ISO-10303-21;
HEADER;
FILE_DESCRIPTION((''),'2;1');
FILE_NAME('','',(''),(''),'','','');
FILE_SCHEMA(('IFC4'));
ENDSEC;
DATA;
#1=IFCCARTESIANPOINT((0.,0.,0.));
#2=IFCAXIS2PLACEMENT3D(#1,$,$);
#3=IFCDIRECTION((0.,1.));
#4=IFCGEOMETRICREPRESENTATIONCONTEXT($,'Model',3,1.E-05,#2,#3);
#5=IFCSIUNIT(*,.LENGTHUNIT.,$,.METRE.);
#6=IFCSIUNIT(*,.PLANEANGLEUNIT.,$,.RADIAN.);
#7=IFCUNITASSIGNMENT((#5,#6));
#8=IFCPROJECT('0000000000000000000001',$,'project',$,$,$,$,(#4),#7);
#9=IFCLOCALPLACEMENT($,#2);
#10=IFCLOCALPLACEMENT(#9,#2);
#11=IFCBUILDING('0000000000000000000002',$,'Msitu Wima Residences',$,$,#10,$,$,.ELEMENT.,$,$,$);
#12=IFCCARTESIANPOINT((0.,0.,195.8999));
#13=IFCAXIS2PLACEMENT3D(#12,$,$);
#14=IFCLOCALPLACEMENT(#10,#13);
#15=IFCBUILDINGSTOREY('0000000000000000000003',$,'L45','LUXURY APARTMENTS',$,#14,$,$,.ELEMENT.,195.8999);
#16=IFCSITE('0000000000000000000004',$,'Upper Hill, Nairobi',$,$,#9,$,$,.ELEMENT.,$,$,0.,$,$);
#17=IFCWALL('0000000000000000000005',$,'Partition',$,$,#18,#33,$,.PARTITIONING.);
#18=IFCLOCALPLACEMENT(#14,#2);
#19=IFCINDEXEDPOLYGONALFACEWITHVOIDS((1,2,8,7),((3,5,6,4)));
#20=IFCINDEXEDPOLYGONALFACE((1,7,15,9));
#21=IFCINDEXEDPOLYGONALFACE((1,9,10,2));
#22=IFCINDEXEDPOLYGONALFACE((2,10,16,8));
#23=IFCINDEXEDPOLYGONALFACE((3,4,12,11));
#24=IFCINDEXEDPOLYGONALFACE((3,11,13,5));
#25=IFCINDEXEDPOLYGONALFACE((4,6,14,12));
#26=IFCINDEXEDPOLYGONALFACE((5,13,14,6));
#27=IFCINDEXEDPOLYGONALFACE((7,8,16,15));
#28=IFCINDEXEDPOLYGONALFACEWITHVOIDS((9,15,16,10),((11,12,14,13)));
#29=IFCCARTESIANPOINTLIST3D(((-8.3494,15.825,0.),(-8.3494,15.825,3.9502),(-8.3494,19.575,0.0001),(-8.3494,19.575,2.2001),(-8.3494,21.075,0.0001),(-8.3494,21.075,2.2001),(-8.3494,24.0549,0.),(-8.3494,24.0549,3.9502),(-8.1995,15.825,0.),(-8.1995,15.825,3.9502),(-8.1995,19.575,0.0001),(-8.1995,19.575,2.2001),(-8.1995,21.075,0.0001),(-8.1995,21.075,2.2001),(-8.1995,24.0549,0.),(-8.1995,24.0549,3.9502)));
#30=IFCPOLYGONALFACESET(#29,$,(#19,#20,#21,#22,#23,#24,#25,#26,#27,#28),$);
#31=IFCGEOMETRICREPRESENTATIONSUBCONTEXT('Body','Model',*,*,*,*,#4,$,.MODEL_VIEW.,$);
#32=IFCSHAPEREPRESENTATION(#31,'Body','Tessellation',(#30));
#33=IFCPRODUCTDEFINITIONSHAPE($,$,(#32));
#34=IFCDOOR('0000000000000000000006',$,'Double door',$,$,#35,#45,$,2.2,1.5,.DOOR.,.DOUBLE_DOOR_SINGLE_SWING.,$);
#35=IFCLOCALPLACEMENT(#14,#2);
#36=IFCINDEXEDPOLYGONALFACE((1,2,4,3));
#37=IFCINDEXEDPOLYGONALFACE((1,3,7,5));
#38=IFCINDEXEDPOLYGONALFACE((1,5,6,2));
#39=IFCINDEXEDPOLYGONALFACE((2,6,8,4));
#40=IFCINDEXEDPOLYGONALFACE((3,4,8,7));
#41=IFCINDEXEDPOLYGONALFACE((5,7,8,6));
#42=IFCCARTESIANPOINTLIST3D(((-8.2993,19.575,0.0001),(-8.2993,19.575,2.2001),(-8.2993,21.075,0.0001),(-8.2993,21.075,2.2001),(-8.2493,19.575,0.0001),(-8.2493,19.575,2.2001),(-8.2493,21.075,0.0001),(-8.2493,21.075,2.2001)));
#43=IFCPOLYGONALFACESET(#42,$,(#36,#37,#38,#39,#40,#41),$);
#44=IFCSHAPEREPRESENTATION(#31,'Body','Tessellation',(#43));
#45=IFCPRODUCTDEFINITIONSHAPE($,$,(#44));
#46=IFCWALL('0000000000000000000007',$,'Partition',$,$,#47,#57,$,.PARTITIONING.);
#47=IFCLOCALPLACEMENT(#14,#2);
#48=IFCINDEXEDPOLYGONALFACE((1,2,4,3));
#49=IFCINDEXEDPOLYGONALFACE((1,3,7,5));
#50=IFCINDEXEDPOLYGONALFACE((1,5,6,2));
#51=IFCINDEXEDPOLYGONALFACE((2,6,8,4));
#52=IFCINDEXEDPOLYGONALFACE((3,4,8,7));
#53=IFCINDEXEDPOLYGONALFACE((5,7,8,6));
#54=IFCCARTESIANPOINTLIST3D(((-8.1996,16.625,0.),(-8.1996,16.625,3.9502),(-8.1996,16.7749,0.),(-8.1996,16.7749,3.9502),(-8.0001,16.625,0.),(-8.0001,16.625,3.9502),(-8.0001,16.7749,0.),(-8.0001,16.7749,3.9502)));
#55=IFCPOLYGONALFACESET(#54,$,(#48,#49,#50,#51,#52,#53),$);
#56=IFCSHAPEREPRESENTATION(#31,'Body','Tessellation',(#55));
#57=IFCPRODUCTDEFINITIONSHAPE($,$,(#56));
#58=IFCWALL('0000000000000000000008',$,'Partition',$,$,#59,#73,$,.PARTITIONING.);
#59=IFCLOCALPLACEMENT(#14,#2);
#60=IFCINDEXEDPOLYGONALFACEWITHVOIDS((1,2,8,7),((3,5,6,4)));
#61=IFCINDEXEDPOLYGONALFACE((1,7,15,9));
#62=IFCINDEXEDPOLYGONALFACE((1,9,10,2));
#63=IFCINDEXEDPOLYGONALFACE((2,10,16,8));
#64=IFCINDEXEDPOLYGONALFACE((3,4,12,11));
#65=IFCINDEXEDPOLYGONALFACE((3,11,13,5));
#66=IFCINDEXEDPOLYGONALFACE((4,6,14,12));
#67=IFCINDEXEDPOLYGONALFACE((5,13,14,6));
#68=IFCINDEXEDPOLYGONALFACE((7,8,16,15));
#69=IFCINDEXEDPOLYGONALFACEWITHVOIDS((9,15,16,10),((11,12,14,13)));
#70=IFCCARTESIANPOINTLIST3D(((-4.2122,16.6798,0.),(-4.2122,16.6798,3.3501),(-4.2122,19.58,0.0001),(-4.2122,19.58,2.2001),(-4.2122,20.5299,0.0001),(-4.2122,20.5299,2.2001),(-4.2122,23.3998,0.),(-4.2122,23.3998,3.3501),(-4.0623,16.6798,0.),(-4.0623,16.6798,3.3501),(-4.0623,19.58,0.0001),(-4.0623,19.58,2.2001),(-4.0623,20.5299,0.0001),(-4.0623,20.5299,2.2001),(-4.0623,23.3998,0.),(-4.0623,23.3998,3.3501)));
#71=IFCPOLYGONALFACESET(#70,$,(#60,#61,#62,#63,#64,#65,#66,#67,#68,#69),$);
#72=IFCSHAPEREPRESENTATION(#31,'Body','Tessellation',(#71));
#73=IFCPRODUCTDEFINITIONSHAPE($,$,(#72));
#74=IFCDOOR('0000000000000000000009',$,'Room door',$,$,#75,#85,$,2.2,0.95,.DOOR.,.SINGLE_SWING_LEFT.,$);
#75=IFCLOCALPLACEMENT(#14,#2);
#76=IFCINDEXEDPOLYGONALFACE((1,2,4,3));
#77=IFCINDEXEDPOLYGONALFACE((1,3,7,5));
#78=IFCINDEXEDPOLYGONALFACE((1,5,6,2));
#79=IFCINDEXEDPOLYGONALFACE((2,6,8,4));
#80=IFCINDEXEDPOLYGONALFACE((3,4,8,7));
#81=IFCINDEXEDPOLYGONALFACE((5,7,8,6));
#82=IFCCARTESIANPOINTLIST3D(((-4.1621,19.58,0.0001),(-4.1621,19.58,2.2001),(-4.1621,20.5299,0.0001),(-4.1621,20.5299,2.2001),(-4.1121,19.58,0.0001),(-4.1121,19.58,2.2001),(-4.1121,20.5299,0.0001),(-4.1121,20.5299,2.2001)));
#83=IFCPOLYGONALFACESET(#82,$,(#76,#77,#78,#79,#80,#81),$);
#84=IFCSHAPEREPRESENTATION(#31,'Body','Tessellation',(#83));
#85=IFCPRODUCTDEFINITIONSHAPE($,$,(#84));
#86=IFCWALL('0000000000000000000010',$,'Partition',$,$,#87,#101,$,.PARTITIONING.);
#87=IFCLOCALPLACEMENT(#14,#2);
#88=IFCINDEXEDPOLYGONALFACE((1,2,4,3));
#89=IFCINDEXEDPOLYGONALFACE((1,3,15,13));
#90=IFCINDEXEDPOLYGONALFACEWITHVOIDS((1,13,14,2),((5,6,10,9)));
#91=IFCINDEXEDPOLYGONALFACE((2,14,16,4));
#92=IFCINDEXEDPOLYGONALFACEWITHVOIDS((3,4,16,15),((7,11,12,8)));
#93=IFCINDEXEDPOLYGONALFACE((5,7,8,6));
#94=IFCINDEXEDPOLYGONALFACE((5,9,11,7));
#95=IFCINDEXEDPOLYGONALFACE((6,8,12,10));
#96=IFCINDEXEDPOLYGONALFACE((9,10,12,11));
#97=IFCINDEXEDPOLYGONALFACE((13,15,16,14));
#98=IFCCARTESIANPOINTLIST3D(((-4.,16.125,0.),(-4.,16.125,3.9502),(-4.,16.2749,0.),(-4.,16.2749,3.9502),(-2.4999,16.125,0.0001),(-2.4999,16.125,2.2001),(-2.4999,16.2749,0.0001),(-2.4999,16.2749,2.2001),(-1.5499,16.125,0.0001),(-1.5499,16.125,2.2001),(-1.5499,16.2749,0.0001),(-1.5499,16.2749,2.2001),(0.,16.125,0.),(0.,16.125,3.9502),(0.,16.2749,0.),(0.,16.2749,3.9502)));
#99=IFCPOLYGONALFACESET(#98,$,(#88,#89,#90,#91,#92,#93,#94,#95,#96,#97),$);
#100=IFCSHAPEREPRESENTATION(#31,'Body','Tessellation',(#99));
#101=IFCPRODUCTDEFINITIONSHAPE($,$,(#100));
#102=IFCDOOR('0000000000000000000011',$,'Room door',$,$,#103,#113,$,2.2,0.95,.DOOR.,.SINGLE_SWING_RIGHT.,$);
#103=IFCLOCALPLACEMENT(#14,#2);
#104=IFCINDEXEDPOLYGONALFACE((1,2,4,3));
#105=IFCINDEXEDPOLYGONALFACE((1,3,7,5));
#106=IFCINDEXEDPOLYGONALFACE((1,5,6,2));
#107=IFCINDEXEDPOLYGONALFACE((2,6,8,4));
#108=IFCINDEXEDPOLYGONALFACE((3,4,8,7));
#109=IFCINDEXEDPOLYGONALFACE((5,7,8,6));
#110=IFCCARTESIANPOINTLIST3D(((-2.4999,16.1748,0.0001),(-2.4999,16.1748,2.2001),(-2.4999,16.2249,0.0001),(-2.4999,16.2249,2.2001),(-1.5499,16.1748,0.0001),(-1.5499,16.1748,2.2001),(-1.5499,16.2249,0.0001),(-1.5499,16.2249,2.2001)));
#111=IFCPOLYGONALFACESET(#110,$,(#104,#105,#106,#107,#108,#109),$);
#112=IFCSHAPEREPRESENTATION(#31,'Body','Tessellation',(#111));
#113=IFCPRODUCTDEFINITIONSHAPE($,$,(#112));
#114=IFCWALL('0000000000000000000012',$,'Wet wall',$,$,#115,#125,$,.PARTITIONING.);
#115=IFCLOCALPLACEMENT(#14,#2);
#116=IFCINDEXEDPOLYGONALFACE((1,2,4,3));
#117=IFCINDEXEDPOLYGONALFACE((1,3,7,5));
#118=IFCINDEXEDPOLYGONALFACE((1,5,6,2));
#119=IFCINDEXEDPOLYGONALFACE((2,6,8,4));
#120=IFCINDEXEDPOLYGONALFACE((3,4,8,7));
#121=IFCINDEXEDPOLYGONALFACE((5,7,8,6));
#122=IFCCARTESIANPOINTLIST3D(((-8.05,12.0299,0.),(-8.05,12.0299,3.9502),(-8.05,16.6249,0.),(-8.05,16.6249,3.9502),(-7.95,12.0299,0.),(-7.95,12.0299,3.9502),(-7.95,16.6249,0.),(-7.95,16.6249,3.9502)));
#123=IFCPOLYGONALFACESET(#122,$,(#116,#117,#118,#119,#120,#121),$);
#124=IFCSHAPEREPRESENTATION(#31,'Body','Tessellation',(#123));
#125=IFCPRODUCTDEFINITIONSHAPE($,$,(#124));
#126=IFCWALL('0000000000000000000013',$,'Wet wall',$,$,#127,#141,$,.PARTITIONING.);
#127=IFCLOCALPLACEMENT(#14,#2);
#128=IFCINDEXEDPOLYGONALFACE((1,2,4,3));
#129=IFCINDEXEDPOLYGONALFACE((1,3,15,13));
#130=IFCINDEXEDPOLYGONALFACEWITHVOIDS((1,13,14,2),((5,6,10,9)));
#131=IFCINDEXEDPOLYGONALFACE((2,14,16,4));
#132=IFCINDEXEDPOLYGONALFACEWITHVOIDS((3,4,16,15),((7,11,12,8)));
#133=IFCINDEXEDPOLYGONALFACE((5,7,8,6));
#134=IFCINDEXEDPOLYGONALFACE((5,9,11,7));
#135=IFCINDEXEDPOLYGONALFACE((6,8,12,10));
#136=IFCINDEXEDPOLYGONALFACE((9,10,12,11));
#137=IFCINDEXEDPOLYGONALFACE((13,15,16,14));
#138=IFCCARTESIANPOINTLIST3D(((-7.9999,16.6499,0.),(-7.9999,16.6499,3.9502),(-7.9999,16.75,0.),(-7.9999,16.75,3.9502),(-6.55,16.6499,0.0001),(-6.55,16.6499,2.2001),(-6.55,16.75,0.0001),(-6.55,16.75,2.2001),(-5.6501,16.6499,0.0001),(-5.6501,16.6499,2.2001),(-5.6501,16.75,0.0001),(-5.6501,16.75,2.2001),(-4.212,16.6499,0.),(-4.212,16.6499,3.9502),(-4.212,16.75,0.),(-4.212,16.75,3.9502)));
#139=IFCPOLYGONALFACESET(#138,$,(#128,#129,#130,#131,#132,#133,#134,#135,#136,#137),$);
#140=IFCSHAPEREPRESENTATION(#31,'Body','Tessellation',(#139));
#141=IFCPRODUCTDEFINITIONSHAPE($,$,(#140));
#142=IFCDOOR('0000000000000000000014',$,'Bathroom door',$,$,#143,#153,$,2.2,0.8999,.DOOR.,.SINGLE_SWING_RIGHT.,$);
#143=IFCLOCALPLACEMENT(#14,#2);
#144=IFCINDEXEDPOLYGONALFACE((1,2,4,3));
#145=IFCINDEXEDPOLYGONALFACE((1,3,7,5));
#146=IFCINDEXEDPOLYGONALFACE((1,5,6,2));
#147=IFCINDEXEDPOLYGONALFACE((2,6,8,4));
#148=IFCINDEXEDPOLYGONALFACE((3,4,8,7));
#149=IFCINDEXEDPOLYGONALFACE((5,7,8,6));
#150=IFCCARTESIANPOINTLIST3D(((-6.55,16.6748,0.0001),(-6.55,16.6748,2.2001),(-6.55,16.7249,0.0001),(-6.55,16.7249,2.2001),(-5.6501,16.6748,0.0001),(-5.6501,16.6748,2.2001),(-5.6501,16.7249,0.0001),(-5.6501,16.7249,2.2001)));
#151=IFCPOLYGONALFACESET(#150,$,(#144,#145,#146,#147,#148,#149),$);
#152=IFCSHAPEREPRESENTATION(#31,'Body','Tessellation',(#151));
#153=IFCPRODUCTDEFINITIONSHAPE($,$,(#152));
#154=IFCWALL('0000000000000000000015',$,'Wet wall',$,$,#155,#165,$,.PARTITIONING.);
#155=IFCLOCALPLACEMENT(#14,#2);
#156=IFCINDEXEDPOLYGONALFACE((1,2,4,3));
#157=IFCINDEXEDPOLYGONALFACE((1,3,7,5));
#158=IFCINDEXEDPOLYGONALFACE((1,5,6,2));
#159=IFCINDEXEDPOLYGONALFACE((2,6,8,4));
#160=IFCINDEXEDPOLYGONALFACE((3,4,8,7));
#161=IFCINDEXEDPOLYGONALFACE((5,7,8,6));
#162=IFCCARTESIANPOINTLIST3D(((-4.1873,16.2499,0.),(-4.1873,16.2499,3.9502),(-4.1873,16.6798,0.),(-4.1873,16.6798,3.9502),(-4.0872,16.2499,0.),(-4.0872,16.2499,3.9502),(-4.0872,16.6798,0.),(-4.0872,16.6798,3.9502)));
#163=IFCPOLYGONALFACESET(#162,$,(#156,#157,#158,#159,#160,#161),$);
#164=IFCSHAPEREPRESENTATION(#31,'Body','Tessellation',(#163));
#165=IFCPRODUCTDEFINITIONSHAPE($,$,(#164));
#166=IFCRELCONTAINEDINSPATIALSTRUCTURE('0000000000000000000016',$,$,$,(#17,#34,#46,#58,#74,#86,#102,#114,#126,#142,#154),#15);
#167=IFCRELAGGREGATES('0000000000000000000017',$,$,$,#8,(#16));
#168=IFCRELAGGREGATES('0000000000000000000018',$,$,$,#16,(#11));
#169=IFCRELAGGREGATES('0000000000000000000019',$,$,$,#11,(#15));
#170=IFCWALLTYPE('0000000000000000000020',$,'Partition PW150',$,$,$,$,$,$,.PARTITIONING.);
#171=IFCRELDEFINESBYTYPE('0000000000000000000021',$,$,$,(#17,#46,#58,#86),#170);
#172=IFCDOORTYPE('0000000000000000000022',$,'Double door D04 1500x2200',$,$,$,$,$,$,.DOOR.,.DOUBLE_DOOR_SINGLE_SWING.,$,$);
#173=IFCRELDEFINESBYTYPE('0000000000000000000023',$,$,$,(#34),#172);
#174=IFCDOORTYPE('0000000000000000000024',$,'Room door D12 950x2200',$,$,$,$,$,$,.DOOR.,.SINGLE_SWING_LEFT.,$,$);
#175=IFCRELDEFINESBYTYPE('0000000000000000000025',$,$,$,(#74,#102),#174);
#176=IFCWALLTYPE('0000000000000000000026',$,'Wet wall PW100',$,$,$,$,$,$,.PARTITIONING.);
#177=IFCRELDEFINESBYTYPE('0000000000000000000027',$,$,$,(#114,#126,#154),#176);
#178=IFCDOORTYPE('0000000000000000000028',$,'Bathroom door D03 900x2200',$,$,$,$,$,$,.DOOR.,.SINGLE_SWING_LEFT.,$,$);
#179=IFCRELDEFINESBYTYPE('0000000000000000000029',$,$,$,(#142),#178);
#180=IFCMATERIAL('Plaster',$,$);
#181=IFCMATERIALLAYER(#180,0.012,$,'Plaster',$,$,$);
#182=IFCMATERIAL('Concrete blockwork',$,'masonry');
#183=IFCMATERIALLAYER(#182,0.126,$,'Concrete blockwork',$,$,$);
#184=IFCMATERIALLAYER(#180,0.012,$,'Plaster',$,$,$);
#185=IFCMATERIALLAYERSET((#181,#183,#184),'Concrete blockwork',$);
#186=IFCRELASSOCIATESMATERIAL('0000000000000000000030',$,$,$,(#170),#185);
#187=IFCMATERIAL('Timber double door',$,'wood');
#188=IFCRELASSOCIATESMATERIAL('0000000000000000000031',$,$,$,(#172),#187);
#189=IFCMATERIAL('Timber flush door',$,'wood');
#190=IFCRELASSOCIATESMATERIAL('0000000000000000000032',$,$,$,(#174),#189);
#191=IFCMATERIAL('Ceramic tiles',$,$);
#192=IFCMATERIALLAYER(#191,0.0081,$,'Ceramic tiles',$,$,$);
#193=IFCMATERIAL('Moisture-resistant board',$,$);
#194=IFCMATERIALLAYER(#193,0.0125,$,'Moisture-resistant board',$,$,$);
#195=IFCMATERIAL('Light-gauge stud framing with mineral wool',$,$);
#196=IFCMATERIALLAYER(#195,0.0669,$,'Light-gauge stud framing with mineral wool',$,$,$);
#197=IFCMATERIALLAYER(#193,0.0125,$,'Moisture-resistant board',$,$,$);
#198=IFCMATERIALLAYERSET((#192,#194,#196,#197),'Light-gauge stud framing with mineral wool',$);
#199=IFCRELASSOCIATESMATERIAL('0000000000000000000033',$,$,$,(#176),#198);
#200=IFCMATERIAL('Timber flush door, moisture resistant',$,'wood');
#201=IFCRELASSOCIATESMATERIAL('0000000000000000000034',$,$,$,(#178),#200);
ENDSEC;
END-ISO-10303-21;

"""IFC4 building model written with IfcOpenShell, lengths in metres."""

from ifc_helpers import new_model, si_unit, direction, frame, frame_2d, origin, place, context, subcontext, project, spatial, rectangle, extrude, material, layer, layer_set, type_object, element, fill, save


model = new_model("IFC4")

# Units and contexts
model_context = context("Model", 3, precision=1e-05, world=origin(), true_north=direction((0.0, 1.0)))
body_context = subcontext(model_context, "Body", "Model", "MODEL_VIEW")
ifc_project = project(units=[si_unit("LENGTHUNIT", "METRE"), si_unit("PLANEANGLEUNIT", "RADIAN")], contexts=[model_context])

# Site, building, storey
site_placement = place(None, origin())
site = spatial("IfcSite", under=ifc_project, at=site_placement, Name="Upper Hill, Nairobi", CompositionType="ELEMENT", RefElevation=0.0)
building_placement = place(site_placement, origin())
building = spatial("IfcBuilding", under=site, at=building_placement, Name="Msitu Wima Residences", CompositionType="ELEMENT")
storey_placement = place(building_placement, frame((0.0, 0.0, 195.8999)))
storey = spatial("IfcBuildingStorey", under=building, at=storey_placement, Name="L45", Description="LUXURY APARTMENTS", CompositionType="ELEMENT", Elevation=195.8999)

# Wall, opening, door
ifc_material_1 = material(Name="Plaster")
ifc_layer_1 = layer(ifc_material_1, 0.012, Name="Plaster")
ifc_material_2 = material(Name="Concrete blockwork", Category="masonry")
ifc_layer_2 = layer(ifc_material_2, 0.126, Name="Concrete blockwork")
ifc_layer_3 = layer(ifc_material_1, 0.012, Name="Plaster")
ifc_layer_set_1 = layer_set([ifc_layer_1, ifc_layer_2, ifc_layer_3], Name="Concrete blockwork")
wall_type_1 = type_object("IfcWallType", Name="Partition PW150", PredefinedType="PARTITIONING", material=ifc_layer_set_1)
wall_1_placement = place(storey_placement, frame((-8.2744, 15.825, 0.0), z_axis=(0.0, 0.0, 1.0), x_axis=(0.0, 1.0, 0.0)))
wall_1 = element("IfcWall", 1, at=wall_1_placement, inside=storey, type_object=wall_type_1, Name="Partition", PredefinedType="PARTITIONING", context=body_context, shape_type="SweptSolid", body=[
    extrude(rectangle(XDim=8.23, YDim=0.1499, at=frame_2d((4.115, 0.0))), origin(), (0.0, 0.0, 1.0), 3.9502),
])
opening_1_placement = place(wall_1_placement, frame((3.75, 0.0, 0.0)))
opening_1 = element("IfcOpeningElement", 2, at=opening_1_placement, cuts=wall_1, PredefinedType="OPENING", context=body_context, shape_type="SweptSolid", body=[
    extrude(rectangle(XDim=1.5, YDim=2.2, at=frame_2d((0.75, 1.1001))), frame((0.0, 0.085, 0.0), z_axis=(0.0, -1.0, 0.0), x_axis=(1.0, 0.0, 0.0)), (0.0, 0.0, 1.0), 0.1699),
])
ifc_material_3 = material(Name="Timber double door", Category="wood")
door_type_1 = type_object("IfcDoorType", Name="Double door D04 1500x2200", OperationType="DOUBLE_DOOR_SINGLE_SWING", PredefinedType="DOOR", material=ifc_material_3)
door_1_placement = place(opening_1_placement, origin())
door_1 = element("IfcDoor", 3, at=door_1_placement, inside=storey, type_object=door_type_1, Name="Double door", OperationType="DOUBLE_DOOR_SINGLE_SWING", OverallHeight=2.2, OverallWidth=1.5, PredefinedType="DOOR", context=body_context, shape_type="SweptSolid", body=[
    extrude(rectangle(XDim=1.5, YDim=2.2, at=frame_2d((0.75, 1.1001))), frame((0.0, 0.0249, 0.0), z_axis=(0.0, -1.0, 0.0), x_axis=(1.0, 0.0, 0.0)), (0.0, 0.0, 1.0), 0.05),
])
fill(opening_1, door_1)

# Wall
wall_2_placement = place(storey_placement, frame((-8.1995, 16.7, 0.0), z_axis=(0.0, 0.0, 1.0), x_axis=(1.0, 0.0, 0.0)))
element("IfcWall", 4, at=wall_2_placement, inside=storey, type_object=wall_type_1, Name="Partition", PredefinedType="PARTITIONING", context=body_context, shape_type="SweptSolid", body=[
    extrude(rectangle(XDim=0.1995, YDim=0.1499, at=frame_2d((0.0996, 0.0))), origin(), (0.0, 0.0, 1.0), 3.9502),
])

# Walls, openings, doors
wall_3_placement = place(storey_placement, frame((-4.1372, 16.6799, 0.0), z_axis=(0.0, 0.0, 1.0), x_axis=(0.0, 1.0, 0.0)))
wall_3 = element("IfcWall", 5, at=wall_3_placement, inside=storey, type_object=wall_type_1, Name="Partition", PredefinedType="PARTITIONING", context=body_context, shape_type="SweptSolid", body=[
    extrude(rectangle(XDim=6.72, YDim=0.1499, at=frame_2d((3.3599, 0.0))), origin(), (0.0, 0.0, 1.0), 3.3501),
])
opening_2_placement = place(wall_3_placement, frame((2.8999, 0.0, 0.0)))
opening_2 = element("IfcOpeningElement", 6, at=opening_2_placement, cuts=wall_3, PredefinedType="OPENING", context=body_context, shape_type="SweptSolid", body=[
    extrude(rectangle(XDim=0.95, YDim=2.2, at=frame_2d((0.4751, 1.1001))), frame((0.0, 0.085, 0.0), z_axis=(0.0, -1.0, 0.0), x_axis=(1.0, 0.0, 0.0)), (0.0, 0.0, 1.0), 0.1699),
])
ifc_material_4 = material(Name="Timber flush door", Category="wood")
door_type_2 = type_object("IfcDoorType", Name="Room door D12 950x2200", OperationType="SINGLE_SWING_LEFT", PredefinedType="DOOR", material=ifc_material_4)
door_2_placement = place(opening_2_placement, origin())
door_2 = element("IfcDoor", 7, at=door_2_placement, inside=storey, type_object=door_type_2, Name="Room door", OperationType="SINGLE_SWING_LEFT", OverallHeight=2.2, OverallWidth=0.95, PredefinedType="DOOR", context=body_context, shape_type="SweptSolid", body=[
    extrude(rectangle(XDim=0.95, YDim=2.2, at=frame_2d((0.4751, 1.1001))), frame((0.0, 0.0249, 0.0), z_axis=(0.0, -1.0, 0.0), x_axis=(1.0, 0.0, 0.0)), (0.0, 0.0, 1.0), 0.05),
])
fill(opening_2, door_2)
wall_4_placement = place(storey_placement, frame((-4.0, 16.2, 0.0), z_axis=(0.0, 0.0, 1.0), x_axis=(1.0, 0.0, 0.0)))
wall_4 = element("IfcWall", 8, at=wall_4_placement, inside=storey, type_object=wall_type_1, Name="Partition", PredefinedType="PARTITIONING", context=body_context, shape_type="SweptSolid", body=[
    extrude(rectangle(XDim=4.0, YDim=0.1499, at=frame_2d((2.0, 0.0))), origin(), (0.0, 0.0, 1.0), 3.9502),
])
opening_3_placement = place(wall_4_placement, frame((1.5, 0.0, 0.0)))
opening_3 = element("IfcOpeningElement", 9, at=opening_3_placement, cuts=wall_4, PredefinedType="OPENING", context=body_context, shape_type="SweptSolid", body=[
    extrude(rectangle(XDim=0.95, YDim=2.2, at=frame_2d((0.4751, 1.1001))), frame((0.0, 0.085, 0.0), z_axis=(0.0, -1.0, 0.0), x_axis=(1.0, 0.0, 0.0)), (0.0, 0.0, 1.0), 0.1699),
])
door_3_placement = place(opening_3_placement, origin())
door_3 = element("IfcDoor", 10, at=door_3_placement, inside=storey, type_object=door_type_2, Name="Room door", OperationType="SINGLE_SWING_RIGHT", OverallHeight=2.2, OverallWidth=0.95, PredefinedType="DOOR", context=body_context, shape_type="SweptSolid", body=[
    extrude(rectangle(XDim=0.95, YDim=2.2, at=frame_2d((0.4751, 1.1001))), frame((0.0, 0.0249, 0.0), z_axis=(0.0, -1.0, 0.0), x_axis=(1.0, 0.0, 0.0)), (0.0, 0.0, 1.0), 0.05),
])
fill(opening_3, door_3)

# Wall
ifc_material_5 = material(Name="Ceramic tiles")
ifc_layer_4 = layer(ifc_material_5, 0.0081, Name="Ceramic tiles")
ifc_material_6 = material(Name="Moisture-resistant board")
ifc_layer_5 = layer(ifc_material_6, 0.0125, Name="Moisture-resistant board")
ifc_material_7 = material(Name="Light-gauge stud framing with mineral wool")
ifc_layer_6 = layer(ifc_material_7, 0.0669, Name="Light-gauge stud framing with mineral wool")
ifc_layer_7 = layer(ifc_material_6, 0.0125, Name="Moisture-resistant board")
ifc_layer_set_2 = layer_set([ifc_layer_4, ifc_layer_5, ifc_layer_6, ifc_layer_7], Name="Light-gauge stud framing with mineral wool")
wall_type_2 = type_object("IfcWallType", Name="Wet wall PW100", PredefinedType="PARTITIONING", material=ifc_layer_set_2)
wall_5_placement = place(storey_placement, frame((-8.0, 12.03, 0.0), z_axis=(0.0, 0.0, 1.0), x_axis=(0.0, 1.0, 0.0)))
element("IfcWall", 11, at=wall_5_placement, inside=storey, type_object=wall_type_2, Name="Wet wall", PredefinedType="PARTITIONING", context=body_context, shape_type="SweptSolid", body=[
    extrude(rectangle(XDim=4.595, YDim=0.1001, at=frame_2d((2.2974, 0.0))), origin(), (0.0, 0.0, 1.0), 3.9502),
])

# Wall, opening, door
wall_6_placement = place(storey_placement, frame((-8.0, 16.7, 0.0), z_axis=(0.0, 0.0, 1.0), x_axis=(1.0, 0.0, 0.0)))
wall_6 = element("IfcWall", 12, at=wall_6_placement, inside=storey, type_object=wall_type_2, Name="Wet wall", PredefinedType="PARTITIONING", context=body_context, shape_type="SweptSolid", body=[
    extrude(rectangle(XDim=3.7878, YDim=0.1001, at=frame_2d((1.894, 0.0))), origin(), (0.0, 0.0, 1.0), 3.9502),
])
opening_4_placement = place(wall_6_placement, frame((1.45, 0.0, 0.0)))
opening_4 = element("IfcOpeningElement", 13, at=opening_4_placement, cuts=wall_6, PredefinedType="OPENING", context=body_context, shape_type="SweptSolid", body=[
    extrude(rectangle(XDim=0.8999, YDim=2.2, at=frame_2d((0.45, 1.1001))), frame((0.0, 0.0601, 0.0), z_axis=(0.0, -1.0, 0.0), x_axis=(1.0, 0.0, 0.0)), (0.0, 0.0, 1.0), 0.1201),
])
ifc_material_8 = material(Name="Timber flush door, moisture resistant", Category="wood")
door_type_3 = type_object("IfcDoorType", Name="Bathroom door D03 900x2200", OperationType="SINGLE_SWING_LEFT", PredefinedType="DOOR", material=ifc_material_8)
door_4_placement = place(opening_4_placement, origin())
door_4 = element("IfcDoor", 14, at=door_4_placement, inside=storey, type_object=door_type_3, Name="Bathroom door", OperationType="SINGLE_SWING_RIGHT", OverallHeight=2.2, OverallWidth=0.8999, PredefinedType="DOOR", context=body_context, shape_type="SweptSolid", body=[
    extrude(rectangle(XDim=0.8999, YDim=2.2, at=frame_2d((0.45, 1.1001))), frame((0.0, 0.0249, 0.0), z_axis=(0.0, -1.0, 0.0), x_axis=(1.0, 0.0, 0.0)), (0.0, 0.0, 1.0), 0.05),
])
fill(opening_4, door_4)

# Wall
wall_7_placement = place(storey_placement, frame((-4.1372, 16.25, 0.0), z_axis=(0.0, 0.0, 1.0), x_axis=(0.0, 1.0, 0.0)))
element("IfcWall", 15, at=wall_7_placement, inside=storey, type_object=wall_type_2, Name="Wet wall", PredefinedType="PARTITIONING", context=body_context, shape_type="SweptSolid", body=[
    extrude(rectangle(XDim=0.4299, YDim=0.1001, at=frame_2d((0.2148, 0.0))), origin(), (0.0, 0.0, 1.0), 3.9502),
])

save(model, "model.ifc")
